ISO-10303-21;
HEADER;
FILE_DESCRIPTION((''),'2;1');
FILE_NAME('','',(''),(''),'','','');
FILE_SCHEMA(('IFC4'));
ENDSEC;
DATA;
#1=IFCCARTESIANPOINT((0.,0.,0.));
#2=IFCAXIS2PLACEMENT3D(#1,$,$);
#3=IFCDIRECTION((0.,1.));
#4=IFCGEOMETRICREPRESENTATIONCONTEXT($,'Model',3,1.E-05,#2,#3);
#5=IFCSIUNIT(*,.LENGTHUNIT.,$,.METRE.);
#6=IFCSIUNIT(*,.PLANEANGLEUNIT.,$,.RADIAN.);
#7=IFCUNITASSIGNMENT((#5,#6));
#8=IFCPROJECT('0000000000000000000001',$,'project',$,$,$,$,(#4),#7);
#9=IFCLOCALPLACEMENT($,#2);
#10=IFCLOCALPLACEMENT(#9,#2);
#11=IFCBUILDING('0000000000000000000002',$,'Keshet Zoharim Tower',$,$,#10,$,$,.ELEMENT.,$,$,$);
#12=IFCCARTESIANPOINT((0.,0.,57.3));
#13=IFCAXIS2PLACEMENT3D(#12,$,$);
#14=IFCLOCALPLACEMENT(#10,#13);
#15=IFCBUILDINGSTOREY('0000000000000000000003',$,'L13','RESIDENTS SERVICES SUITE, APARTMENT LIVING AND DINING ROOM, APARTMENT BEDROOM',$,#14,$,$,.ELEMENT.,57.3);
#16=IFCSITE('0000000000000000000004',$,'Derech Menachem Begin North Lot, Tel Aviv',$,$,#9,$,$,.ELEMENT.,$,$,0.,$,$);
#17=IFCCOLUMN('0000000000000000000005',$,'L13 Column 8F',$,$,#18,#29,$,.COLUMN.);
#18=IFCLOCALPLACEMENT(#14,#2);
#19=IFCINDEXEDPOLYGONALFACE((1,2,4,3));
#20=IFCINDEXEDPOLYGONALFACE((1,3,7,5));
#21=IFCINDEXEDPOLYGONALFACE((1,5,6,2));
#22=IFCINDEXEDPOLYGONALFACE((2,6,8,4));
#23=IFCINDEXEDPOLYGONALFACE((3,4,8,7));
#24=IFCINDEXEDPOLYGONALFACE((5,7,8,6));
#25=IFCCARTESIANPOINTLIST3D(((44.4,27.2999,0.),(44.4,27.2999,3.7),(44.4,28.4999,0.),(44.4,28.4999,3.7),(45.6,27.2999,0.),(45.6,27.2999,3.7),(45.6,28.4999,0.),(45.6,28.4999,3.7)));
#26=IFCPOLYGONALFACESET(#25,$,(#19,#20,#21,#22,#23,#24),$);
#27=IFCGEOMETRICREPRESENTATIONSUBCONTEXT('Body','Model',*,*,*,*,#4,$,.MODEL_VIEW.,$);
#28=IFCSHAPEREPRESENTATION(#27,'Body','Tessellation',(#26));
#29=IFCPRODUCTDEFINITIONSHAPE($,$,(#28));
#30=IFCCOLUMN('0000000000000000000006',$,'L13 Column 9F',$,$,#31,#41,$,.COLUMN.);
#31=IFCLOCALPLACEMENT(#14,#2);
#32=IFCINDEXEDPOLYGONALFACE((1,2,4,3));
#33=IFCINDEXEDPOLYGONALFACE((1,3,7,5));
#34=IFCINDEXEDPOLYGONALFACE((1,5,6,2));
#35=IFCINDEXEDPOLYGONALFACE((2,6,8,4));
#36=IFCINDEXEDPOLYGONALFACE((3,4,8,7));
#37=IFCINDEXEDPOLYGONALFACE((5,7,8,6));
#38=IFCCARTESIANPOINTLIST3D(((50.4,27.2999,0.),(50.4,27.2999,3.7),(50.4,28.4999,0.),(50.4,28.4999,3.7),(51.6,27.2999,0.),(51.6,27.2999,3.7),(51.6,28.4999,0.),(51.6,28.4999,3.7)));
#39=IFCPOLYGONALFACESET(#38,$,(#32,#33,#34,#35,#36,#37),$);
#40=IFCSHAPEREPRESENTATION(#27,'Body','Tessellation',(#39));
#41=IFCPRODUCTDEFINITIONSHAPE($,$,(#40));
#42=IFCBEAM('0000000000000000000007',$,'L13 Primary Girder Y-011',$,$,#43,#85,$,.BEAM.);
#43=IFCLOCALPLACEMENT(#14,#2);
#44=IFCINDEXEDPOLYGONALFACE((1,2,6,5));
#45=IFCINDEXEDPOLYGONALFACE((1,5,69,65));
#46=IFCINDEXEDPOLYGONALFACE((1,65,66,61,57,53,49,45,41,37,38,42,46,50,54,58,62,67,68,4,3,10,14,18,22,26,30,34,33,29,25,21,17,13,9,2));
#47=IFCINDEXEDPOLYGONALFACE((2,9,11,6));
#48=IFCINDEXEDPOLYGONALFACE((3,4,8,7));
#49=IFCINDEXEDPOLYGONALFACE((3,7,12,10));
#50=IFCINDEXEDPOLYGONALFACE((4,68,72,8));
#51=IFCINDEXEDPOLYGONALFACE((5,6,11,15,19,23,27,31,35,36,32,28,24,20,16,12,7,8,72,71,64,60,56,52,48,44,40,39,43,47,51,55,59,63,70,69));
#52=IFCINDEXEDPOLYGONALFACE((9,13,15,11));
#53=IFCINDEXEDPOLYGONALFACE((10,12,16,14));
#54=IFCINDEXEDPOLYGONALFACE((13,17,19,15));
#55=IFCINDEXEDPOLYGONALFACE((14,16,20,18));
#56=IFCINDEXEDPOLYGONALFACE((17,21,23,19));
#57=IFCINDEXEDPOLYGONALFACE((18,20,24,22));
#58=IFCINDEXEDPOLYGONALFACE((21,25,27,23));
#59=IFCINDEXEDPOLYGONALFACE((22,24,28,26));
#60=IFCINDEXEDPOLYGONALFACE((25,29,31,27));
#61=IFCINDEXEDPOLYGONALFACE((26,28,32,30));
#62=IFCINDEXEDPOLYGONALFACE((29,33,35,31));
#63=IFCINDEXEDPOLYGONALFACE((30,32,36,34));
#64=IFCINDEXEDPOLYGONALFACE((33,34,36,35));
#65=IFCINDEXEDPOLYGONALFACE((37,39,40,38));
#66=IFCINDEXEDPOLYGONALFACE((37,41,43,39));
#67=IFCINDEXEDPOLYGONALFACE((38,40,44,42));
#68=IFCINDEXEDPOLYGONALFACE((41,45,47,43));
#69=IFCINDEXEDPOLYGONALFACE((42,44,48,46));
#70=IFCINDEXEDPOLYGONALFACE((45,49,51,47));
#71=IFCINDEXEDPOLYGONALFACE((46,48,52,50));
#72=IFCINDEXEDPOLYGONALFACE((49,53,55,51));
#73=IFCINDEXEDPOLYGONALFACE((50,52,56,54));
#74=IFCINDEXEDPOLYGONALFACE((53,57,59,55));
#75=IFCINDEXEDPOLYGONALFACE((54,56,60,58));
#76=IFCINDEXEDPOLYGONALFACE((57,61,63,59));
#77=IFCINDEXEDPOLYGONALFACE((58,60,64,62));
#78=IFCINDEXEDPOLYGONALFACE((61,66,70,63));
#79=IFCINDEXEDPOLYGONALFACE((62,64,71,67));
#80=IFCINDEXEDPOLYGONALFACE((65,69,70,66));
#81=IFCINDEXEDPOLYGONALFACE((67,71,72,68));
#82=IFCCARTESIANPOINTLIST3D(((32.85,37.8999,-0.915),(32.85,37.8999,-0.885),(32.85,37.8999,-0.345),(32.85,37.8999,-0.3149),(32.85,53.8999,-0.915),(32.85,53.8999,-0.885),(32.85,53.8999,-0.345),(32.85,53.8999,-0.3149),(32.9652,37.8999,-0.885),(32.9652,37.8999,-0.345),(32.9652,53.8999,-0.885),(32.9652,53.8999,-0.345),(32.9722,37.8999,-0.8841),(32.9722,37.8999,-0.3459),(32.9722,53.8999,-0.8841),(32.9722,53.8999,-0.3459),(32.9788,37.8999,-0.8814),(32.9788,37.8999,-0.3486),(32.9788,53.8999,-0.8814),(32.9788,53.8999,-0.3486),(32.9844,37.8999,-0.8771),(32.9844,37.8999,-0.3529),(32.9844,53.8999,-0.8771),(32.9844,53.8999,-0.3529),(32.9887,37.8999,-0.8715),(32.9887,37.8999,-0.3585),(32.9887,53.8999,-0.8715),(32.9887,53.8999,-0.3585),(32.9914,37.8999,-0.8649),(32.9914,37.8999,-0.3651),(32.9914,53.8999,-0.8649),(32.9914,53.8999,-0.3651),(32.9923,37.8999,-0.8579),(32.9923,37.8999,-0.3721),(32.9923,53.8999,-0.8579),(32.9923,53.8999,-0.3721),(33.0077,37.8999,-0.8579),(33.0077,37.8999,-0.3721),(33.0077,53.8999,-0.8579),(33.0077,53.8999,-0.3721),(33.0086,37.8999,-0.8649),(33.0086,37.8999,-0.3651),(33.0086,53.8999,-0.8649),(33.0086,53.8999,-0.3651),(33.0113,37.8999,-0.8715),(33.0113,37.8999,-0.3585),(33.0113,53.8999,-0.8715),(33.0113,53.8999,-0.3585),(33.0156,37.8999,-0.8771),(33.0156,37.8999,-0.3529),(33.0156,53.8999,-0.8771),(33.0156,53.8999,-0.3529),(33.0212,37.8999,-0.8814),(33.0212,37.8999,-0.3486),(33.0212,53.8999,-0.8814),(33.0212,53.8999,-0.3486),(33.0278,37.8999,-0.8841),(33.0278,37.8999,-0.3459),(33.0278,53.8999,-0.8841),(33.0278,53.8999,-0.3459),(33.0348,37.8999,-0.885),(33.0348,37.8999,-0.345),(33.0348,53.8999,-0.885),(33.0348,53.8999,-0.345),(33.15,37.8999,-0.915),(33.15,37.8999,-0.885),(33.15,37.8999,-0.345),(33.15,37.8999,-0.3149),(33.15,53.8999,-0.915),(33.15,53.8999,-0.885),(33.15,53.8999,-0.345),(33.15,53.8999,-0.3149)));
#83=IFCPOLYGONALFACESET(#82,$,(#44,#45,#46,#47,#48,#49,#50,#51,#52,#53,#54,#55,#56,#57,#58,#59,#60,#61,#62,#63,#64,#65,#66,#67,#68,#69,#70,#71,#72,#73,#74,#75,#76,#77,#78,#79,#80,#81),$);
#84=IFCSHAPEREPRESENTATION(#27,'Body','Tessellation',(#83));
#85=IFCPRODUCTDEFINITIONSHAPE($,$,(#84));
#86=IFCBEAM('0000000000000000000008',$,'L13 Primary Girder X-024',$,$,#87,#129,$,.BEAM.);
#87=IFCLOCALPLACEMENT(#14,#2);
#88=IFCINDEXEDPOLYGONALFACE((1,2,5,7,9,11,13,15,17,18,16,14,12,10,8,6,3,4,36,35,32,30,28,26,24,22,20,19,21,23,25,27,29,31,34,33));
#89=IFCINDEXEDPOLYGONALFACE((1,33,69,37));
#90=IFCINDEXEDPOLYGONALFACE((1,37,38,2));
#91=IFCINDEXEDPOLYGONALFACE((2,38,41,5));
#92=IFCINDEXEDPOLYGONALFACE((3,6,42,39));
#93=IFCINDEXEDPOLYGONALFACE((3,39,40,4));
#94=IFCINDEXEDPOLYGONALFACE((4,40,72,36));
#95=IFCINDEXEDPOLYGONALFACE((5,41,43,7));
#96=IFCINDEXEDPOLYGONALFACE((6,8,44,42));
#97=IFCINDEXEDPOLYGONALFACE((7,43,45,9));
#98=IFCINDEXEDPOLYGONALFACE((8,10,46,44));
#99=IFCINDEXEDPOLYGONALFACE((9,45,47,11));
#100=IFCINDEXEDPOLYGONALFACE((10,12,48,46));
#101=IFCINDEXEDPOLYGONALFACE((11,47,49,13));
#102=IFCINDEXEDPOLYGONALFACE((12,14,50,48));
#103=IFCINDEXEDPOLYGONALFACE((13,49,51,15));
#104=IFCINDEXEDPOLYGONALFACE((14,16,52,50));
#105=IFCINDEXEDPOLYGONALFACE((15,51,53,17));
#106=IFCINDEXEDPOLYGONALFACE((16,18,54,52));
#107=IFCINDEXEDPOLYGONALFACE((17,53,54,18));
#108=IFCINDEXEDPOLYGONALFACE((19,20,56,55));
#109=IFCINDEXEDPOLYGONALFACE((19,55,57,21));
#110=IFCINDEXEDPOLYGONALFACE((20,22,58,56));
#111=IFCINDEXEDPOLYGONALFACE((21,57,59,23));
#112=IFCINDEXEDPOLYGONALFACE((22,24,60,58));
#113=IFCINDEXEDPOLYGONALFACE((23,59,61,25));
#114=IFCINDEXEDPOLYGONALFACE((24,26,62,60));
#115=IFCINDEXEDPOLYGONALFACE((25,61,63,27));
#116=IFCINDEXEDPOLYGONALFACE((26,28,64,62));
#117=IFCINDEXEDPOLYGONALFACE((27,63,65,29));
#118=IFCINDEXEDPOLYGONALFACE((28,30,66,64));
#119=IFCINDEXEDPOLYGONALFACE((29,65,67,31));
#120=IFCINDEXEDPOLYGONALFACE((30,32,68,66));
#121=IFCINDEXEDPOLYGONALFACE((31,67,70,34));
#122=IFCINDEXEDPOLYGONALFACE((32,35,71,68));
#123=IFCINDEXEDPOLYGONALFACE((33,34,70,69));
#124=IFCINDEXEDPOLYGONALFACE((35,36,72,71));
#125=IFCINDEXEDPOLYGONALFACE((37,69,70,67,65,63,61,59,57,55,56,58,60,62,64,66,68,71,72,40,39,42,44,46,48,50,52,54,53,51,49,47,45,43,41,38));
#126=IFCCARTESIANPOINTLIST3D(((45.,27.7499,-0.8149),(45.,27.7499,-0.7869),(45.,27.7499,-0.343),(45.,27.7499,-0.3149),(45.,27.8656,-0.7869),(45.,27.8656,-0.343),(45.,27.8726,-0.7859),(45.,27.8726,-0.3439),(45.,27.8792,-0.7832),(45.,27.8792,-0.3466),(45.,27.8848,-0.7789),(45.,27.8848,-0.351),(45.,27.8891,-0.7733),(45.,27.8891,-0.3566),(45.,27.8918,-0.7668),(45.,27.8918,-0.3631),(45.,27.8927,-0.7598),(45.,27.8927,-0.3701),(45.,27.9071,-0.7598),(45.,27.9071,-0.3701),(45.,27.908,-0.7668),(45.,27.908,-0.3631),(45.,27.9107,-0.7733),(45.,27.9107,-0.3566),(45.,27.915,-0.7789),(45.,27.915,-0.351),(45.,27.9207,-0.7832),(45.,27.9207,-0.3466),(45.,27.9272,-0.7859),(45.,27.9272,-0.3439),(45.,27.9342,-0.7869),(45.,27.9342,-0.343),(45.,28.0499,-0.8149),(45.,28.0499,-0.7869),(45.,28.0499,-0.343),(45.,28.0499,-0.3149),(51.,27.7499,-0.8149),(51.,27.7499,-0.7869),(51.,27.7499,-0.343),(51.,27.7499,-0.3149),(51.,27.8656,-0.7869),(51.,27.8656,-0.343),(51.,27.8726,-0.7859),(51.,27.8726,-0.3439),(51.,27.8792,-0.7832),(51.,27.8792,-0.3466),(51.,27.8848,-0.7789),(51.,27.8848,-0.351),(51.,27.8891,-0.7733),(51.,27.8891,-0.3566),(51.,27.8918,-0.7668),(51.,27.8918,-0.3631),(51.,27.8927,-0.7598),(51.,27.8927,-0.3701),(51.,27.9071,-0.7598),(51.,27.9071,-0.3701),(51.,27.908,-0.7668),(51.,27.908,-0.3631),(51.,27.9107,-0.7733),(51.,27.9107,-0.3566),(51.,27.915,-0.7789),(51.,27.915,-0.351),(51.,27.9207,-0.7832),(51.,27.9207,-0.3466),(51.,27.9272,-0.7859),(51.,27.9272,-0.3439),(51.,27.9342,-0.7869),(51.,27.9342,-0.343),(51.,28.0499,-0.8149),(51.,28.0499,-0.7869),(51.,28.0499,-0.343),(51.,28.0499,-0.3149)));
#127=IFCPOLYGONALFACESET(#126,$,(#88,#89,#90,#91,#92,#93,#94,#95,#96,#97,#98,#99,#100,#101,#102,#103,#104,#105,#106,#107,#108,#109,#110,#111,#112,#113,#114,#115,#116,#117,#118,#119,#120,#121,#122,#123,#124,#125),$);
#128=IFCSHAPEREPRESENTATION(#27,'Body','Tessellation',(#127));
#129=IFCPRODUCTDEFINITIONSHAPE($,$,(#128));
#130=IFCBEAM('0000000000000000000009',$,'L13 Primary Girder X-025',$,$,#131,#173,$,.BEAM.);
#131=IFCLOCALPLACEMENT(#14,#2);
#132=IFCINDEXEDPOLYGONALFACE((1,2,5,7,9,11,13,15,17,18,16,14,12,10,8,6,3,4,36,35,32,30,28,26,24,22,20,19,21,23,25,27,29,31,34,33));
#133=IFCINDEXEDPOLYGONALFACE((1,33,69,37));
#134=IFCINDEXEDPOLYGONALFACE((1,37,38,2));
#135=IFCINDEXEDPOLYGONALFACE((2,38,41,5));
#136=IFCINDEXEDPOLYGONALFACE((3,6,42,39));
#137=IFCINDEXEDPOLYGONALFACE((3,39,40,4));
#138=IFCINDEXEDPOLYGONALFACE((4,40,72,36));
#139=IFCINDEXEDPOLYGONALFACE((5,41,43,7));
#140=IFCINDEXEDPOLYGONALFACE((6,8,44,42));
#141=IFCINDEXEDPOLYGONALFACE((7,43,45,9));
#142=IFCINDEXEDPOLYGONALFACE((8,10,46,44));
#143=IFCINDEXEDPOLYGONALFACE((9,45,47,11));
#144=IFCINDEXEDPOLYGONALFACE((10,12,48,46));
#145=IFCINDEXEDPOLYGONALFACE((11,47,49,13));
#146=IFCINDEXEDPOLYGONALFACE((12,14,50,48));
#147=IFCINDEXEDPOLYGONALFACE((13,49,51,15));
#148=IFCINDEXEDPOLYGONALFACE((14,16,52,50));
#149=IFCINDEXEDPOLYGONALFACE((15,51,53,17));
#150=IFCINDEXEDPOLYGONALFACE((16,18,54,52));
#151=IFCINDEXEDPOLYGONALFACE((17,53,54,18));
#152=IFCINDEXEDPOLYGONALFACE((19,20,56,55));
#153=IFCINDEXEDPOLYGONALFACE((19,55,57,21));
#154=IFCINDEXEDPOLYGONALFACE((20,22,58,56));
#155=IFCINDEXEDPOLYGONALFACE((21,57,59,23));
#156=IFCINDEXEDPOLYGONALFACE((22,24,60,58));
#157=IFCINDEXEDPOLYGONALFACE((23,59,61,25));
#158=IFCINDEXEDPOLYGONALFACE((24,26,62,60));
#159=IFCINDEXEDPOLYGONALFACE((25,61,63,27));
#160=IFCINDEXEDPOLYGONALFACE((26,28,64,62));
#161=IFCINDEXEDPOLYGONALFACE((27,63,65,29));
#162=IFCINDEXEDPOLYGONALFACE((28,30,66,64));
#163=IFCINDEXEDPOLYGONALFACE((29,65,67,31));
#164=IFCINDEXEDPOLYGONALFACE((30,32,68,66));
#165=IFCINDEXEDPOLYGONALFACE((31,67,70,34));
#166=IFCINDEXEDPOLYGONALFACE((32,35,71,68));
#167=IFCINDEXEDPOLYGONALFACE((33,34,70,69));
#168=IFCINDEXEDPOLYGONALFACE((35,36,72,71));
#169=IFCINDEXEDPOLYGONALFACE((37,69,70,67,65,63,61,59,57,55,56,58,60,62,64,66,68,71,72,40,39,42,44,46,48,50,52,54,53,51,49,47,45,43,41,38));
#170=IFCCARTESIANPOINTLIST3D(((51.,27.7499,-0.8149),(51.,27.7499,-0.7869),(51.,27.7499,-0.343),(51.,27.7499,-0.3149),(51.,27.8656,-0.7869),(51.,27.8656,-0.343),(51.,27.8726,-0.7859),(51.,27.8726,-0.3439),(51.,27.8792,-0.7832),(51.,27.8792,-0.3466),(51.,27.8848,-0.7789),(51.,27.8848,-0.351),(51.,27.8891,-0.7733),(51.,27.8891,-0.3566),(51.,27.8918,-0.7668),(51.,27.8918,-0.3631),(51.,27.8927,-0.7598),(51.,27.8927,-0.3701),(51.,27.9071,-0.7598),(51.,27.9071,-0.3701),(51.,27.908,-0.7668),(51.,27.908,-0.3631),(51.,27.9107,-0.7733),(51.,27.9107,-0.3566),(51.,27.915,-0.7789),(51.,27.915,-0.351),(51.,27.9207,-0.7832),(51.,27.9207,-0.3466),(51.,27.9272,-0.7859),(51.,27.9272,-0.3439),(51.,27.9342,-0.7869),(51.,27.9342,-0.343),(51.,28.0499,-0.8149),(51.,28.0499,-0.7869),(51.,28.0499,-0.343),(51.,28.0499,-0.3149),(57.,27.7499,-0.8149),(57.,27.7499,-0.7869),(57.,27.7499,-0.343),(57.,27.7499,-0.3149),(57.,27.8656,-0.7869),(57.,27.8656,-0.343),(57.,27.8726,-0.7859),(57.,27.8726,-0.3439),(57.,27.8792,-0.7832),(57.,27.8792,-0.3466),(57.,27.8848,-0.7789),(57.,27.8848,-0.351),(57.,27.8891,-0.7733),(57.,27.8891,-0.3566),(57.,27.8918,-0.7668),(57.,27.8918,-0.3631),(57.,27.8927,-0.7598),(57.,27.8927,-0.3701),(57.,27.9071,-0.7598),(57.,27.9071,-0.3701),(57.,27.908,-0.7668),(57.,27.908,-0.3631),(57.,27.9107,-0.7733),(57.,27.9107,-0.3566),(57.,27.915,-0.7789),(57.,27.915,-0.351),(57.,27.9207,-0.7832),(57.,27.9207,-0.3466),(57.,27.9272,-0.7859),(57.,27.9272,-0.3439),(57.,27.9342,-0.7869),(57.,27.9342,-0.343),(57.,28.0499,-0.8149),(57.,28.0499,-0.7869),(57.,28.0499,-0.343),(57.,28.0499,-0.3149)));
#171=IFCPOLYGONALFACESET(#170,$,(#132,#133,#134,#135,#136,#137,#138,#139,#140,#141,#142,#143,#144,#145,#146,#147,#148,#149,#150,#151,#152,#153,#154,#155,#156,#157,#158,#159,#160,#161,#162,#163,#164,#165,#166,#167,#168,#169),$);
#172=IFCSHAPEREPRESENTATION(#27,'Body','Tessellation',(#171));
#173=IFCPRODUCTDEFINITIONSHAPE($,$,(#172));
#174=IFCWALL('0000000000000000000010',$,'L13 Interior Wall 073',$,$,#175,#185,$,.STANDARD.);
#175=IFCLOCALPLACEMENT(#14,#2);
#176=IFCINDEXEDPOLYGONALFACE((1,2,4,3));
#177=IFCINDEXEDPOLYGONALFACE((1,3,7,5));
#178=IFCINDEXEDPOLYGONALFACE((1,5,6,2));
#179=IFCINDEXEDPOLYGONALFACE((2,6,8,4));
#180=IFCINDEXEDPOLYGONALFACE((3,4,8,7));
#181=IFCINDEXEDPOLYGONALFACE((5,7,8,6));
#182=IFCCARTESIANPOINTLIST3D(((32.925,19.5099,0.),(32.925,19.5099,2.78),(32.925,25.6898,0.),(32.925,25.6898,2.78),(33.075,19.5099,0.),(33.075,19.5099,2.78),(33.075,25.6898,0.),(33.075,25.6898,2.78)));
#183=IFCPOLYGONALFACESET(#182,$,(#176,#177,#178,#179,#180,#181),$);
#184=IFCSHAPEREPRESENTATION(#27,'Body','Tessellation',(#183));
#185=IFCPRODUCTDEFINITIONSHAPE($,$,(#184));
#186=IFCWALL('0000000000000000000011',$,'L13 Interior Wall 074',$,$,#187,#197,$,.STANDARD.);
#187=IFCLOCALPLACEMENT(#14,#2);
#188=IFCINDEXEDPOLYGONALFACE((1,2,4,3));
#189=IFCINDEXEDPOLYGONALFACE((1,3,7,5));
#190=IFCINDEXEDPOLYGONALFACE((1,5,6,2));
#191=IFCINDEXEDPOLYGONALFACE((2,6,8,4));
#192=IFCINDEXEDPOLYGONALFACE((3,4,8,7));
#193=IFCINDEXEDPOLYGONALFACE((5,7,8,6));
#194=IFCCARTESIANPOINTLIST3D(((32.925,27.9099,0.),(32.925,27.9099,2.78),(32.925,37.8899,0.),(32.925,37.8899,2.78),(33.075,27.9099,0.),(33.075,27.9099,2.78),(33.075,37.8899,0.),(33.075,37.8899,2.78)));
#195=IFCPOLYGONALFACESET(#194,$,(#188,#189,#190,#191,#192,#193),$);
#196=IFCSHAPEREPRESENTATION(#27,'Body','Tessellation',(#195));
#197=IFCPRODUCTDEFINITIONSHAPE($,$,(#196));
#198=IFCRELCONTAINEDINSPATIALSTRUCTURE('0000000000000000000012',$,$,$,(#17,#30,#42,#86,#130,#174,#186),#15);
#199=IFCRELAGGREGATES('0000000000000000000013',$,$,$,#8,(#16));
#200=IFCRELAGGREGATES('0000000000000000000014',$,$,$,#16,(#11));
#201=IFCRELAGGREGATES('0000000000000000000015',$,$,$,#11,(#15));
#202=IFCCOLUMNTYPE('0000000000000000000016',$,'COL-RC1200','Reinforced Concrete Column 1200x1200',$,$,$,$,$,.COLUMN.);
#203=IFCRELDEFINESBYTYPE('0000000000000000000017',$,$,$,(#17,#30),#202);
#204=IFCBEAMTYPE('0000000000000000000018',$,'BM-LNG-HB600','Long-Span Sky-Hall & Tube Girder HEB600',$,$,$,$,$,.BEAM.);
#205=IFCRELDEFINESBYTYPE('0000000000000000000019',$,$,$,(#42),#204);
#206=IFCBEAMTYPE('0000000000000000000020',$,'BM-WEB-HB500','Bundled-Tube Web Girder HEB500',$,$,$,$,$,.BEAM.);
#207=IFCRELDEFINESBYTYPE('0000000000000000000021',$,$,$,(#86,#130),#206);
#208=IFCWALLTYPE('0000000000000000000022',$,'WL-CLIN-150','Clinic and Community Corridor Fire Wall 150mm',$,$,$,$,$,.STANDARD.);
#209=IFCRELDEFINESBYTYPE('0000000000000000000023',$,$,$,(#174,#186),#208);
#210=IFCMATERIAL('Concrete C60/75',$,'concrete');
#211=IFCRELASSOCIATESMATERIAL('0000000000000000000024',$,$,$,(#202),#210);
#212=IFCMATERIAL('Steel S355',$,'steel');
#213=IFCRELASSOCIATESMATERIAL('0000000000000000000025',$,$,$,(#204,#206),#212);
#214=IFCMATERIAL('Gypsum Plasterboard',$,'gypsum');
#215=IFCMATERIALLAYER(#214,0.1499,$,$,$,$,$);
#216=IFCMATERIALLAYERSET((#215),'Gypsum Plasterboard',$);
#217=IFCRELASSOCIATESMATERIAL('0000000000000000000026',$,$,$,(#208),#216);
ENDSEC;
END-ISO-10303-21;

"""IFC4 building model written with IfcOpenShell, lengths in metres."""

from ifc_helpers import new_model, si_unit, direction, frame, frame_2d, origin, origin_2d, place, context, subcontext, project, spatial, rectangle, i_section, extrude, material, layer, layer_set, material_profile, profile_set, type_object, element, save


model = new_model("IFC4")

# Units and contexts
model_context = context("Model", 3, precision=1e-05, world=origin(), true_north=direction((0.0, 1.0)))
body_context = subcontext(model_context, "Body", "Model", "MODEL_VIEW")
ifc_project = project(units=[si_unit("LENGTHUNIT", "METRE"), si_unit("PLANEANGLEUNIT", "RADIAN")], contexts=[model_context])

# Site, building, storey
site_placement = place(None, origin())
site = spatial("IfcSite", under=ifc_project, at=site_placement, Name="Derech Menachem Begin North Lot, Tel Aviv", CompositionType="ELEMENT", RefElevation=0.0)
building_placement = place(site_placement, origin())
building = spatial("IfcBuilding", under=site, at=building_placement, Name="Keshet Zoharim Tower", CompositionType="ELEMENT")
storey_placement = place(building_placement, frame((0.0, 0.0, 57.3)))
storey = spatial("IfcBuildingStorey", under=building, at=storey_placement, Name="L13", Description="RESIDENTS SERVICES SUITE, APARTMENT LIVING AND DINING ROOM, APARTMENT BEDROOM", CompositionType="ELEMENT", Elevation=57.3)

# Columns
ifc_material_1 = material(Name="Concrete C60/75", Category="concrete")
ifc_material_profile_1 = material_profile(ifc_material_1, rectangle(XDim=1.2, YDim=1.2, at=origin_2d()), Name="RC1200x1200")
ifc_profile_set_1 = profile_set([ifc_material_profile_1], Name="Concrete C60/75")
column_type = type_object("IfcColumnType", Name="COL-RC1200", Description="Reinforced Concrete Column 1200x1200", PredefinedType="COLUMN", material=ifc_profile_set_1)
for number, where, z_axis, x_axis, name in (
    (1, (45.0, 27.8999, 0.0), (0.0, 0.0, 1.0), (1.0, 0.0, 0.0), "L13 Column 8F"),
    (2, (51.0, 27.8999, 0.0), (0.0, 0.0, 1.0), (1.0, 0.0, 0.0), "L13 Column 9F"),
):
    element("IfcColumn", number, at=place(storey_placement, frame(where, z_axis=z_axis, x_axis=x_axis)), inside=storey, type_object=column_type, Name=name, PredefinedType="COLUMN", context=body_context, shape_type="SweptSolid", body=[
        extrude(rectangle(XDim=1.2, YDim=1.2, at=origin_2d()), origin(), (0.0, 0.0, 1.0), 3.7),
    ])

# Beams
ifc_material_2 = material(Name="Steel S355", Category="steel")
ifc_material_profile_2 = material_profile(ifc_material_2, i_section(OverallWidth=0.3, OverallDepth=0.6001, WebThickness=0.0154, FlangeThickness=0.03, FilletRadius=0.0271, at=origin_2d()), Name="HEB600")
ifc_profile_set_2 = profile_set([ifc_material_profile_2], Name="Steel S355")
beam_type_1 = type_object("IfcBeamType", Name="BM-LNG-HB600", Description="Long-Span Sky-Hall & Tube Girder HEB600", PredefinedType="BEAM", material=ifc_profile_set_2)
beam_placement = place(storey_placement, frame((33.0, 37.8999, -0.615), z_axis=(0.0, 1.0, 0.0), x_axis=(-1.0, 0.0, 0.0)))
element("IfcBeam", 3, at=beam_placement, inside=storey, type_object=beam_type_1, Name="L13 Primary Girder Y-011", PredefinedType="BEAM", context=body_context, shape_type="SweptSolid", body=[
    extrude(i_section(OverallWidth=0.3, OverallDepth=0.6001, WebThickness=0.0154, FlangeThickness=0.03, FilletRadius=0.0271, at=origin_2d()), origin(), (0.0, 0.0, 1.0), 16.0),
])
ifc_material_profile_3 = material_profile(ifc_material_2, i_section(OverallWidth=0.3, OverallDepth=0.5, WebThickness=0.0144, FlangeThickness=0.0281, FilletRadius=0.0271, at=origin_2d()), Name="HEB500")
ifc_profile_set_3 = profile_set([ifc_material_profile_3], Name="Steel S355")
beam_type_2 = type_object("IfcBeamType", Name="BM-WEB-HB500", Description="Bundled-Tube Web Girder HEB500", PredefinedType="BEAM", material=ifc_profile_set_3)
for number, where, z_axis, x_axis, name in (
    (4, (45.0, 27.8999, -0.5649), (1.0, 0.0, 0.0), (0.0, 1.0, 0.0), "L13 Primary Girder X-024"),
    (5, (51.0, 27.8999, -0.5649), (1.0, 0.0, 0.0), (0.0, 1.0, 0.0), "L13 Primary Girder X-025"),
):
    element("IfcBeam", number, at=place(storey_placement, frame(where, z_axis=z_axis, x_axis=x_axis)), inside=storey, type_object=beam_type_2, Name=name, PredefinedType="BEAM", context=body_context, shape_type="SweptSolid", body=[
        extrude(i_section(OverallWidth=0.3, OverallDepth=0.5, WebThickness=0.0144, FlangeThickness=0.0281, FilletRadius=0.0271, at=origin_2d()), origin(), (0.0, 0.0, 1.0), 6.0),
    ])

# Walls
ifc_material_3 = material(Name="Gypsum Plasterboard", Category="gypsum")
ifc_layer_1 = layer(ifc_material_3, 0.1499)
ifc_layer_set_1 = layer_set([ifc_layer_1], Name="Gypsum Plasterboard")
wall_type_1 = type_object("IfcWallType", Name="WL-CLIN-150", Description="Clinic and Community Corridor Fire Wall 150mm", PredefinedType="STANDARD", material=ifc_layer_set_1)
wall_1_placement = place(storey_placement, frame((33.0, 19.51, 0.0), z_axis=(0.0, 0.0, 1.0), x_axis=(0.0, 1.0, 0.0)))
element("IfcWall", 6, at=wall_1_placement, inside=storey, type_object=wall_type_1, Name="L13 Interior Wall 073", PredefinedType="STANDARD", context=body_context, shape_type="SweptSolid", body=[
    extrude(rectangle(XDim=6.1799, YDim=0.1499, at=frame_2d((3.0898, 0.0))), origin(), (0.0, 0.0, 1.0), 2.78),
])
wall_2_placement = place(storey_placement, frame((33.0, 27.9099, 0.0), z_axis=(0.0, 0.0, 1.0), x_axis=(0.0, 1.0, 0.0)))
element("IfcWall", 7, at=wall_2_placement, inside=storey, type_object=wall_type_1, Name="L13 Interior Wall 074", PredefinedType="STANDARD", context=body_context, shape_type="SweptSolid", body=[
    extrude(rectangle(XDim=9.98, YDim=0.1499, at=frame_2d((4.99, 0.0))), origin(), (0.0, 0.0, 1.0), 2.78),
])

save(model, "model.ifc")
